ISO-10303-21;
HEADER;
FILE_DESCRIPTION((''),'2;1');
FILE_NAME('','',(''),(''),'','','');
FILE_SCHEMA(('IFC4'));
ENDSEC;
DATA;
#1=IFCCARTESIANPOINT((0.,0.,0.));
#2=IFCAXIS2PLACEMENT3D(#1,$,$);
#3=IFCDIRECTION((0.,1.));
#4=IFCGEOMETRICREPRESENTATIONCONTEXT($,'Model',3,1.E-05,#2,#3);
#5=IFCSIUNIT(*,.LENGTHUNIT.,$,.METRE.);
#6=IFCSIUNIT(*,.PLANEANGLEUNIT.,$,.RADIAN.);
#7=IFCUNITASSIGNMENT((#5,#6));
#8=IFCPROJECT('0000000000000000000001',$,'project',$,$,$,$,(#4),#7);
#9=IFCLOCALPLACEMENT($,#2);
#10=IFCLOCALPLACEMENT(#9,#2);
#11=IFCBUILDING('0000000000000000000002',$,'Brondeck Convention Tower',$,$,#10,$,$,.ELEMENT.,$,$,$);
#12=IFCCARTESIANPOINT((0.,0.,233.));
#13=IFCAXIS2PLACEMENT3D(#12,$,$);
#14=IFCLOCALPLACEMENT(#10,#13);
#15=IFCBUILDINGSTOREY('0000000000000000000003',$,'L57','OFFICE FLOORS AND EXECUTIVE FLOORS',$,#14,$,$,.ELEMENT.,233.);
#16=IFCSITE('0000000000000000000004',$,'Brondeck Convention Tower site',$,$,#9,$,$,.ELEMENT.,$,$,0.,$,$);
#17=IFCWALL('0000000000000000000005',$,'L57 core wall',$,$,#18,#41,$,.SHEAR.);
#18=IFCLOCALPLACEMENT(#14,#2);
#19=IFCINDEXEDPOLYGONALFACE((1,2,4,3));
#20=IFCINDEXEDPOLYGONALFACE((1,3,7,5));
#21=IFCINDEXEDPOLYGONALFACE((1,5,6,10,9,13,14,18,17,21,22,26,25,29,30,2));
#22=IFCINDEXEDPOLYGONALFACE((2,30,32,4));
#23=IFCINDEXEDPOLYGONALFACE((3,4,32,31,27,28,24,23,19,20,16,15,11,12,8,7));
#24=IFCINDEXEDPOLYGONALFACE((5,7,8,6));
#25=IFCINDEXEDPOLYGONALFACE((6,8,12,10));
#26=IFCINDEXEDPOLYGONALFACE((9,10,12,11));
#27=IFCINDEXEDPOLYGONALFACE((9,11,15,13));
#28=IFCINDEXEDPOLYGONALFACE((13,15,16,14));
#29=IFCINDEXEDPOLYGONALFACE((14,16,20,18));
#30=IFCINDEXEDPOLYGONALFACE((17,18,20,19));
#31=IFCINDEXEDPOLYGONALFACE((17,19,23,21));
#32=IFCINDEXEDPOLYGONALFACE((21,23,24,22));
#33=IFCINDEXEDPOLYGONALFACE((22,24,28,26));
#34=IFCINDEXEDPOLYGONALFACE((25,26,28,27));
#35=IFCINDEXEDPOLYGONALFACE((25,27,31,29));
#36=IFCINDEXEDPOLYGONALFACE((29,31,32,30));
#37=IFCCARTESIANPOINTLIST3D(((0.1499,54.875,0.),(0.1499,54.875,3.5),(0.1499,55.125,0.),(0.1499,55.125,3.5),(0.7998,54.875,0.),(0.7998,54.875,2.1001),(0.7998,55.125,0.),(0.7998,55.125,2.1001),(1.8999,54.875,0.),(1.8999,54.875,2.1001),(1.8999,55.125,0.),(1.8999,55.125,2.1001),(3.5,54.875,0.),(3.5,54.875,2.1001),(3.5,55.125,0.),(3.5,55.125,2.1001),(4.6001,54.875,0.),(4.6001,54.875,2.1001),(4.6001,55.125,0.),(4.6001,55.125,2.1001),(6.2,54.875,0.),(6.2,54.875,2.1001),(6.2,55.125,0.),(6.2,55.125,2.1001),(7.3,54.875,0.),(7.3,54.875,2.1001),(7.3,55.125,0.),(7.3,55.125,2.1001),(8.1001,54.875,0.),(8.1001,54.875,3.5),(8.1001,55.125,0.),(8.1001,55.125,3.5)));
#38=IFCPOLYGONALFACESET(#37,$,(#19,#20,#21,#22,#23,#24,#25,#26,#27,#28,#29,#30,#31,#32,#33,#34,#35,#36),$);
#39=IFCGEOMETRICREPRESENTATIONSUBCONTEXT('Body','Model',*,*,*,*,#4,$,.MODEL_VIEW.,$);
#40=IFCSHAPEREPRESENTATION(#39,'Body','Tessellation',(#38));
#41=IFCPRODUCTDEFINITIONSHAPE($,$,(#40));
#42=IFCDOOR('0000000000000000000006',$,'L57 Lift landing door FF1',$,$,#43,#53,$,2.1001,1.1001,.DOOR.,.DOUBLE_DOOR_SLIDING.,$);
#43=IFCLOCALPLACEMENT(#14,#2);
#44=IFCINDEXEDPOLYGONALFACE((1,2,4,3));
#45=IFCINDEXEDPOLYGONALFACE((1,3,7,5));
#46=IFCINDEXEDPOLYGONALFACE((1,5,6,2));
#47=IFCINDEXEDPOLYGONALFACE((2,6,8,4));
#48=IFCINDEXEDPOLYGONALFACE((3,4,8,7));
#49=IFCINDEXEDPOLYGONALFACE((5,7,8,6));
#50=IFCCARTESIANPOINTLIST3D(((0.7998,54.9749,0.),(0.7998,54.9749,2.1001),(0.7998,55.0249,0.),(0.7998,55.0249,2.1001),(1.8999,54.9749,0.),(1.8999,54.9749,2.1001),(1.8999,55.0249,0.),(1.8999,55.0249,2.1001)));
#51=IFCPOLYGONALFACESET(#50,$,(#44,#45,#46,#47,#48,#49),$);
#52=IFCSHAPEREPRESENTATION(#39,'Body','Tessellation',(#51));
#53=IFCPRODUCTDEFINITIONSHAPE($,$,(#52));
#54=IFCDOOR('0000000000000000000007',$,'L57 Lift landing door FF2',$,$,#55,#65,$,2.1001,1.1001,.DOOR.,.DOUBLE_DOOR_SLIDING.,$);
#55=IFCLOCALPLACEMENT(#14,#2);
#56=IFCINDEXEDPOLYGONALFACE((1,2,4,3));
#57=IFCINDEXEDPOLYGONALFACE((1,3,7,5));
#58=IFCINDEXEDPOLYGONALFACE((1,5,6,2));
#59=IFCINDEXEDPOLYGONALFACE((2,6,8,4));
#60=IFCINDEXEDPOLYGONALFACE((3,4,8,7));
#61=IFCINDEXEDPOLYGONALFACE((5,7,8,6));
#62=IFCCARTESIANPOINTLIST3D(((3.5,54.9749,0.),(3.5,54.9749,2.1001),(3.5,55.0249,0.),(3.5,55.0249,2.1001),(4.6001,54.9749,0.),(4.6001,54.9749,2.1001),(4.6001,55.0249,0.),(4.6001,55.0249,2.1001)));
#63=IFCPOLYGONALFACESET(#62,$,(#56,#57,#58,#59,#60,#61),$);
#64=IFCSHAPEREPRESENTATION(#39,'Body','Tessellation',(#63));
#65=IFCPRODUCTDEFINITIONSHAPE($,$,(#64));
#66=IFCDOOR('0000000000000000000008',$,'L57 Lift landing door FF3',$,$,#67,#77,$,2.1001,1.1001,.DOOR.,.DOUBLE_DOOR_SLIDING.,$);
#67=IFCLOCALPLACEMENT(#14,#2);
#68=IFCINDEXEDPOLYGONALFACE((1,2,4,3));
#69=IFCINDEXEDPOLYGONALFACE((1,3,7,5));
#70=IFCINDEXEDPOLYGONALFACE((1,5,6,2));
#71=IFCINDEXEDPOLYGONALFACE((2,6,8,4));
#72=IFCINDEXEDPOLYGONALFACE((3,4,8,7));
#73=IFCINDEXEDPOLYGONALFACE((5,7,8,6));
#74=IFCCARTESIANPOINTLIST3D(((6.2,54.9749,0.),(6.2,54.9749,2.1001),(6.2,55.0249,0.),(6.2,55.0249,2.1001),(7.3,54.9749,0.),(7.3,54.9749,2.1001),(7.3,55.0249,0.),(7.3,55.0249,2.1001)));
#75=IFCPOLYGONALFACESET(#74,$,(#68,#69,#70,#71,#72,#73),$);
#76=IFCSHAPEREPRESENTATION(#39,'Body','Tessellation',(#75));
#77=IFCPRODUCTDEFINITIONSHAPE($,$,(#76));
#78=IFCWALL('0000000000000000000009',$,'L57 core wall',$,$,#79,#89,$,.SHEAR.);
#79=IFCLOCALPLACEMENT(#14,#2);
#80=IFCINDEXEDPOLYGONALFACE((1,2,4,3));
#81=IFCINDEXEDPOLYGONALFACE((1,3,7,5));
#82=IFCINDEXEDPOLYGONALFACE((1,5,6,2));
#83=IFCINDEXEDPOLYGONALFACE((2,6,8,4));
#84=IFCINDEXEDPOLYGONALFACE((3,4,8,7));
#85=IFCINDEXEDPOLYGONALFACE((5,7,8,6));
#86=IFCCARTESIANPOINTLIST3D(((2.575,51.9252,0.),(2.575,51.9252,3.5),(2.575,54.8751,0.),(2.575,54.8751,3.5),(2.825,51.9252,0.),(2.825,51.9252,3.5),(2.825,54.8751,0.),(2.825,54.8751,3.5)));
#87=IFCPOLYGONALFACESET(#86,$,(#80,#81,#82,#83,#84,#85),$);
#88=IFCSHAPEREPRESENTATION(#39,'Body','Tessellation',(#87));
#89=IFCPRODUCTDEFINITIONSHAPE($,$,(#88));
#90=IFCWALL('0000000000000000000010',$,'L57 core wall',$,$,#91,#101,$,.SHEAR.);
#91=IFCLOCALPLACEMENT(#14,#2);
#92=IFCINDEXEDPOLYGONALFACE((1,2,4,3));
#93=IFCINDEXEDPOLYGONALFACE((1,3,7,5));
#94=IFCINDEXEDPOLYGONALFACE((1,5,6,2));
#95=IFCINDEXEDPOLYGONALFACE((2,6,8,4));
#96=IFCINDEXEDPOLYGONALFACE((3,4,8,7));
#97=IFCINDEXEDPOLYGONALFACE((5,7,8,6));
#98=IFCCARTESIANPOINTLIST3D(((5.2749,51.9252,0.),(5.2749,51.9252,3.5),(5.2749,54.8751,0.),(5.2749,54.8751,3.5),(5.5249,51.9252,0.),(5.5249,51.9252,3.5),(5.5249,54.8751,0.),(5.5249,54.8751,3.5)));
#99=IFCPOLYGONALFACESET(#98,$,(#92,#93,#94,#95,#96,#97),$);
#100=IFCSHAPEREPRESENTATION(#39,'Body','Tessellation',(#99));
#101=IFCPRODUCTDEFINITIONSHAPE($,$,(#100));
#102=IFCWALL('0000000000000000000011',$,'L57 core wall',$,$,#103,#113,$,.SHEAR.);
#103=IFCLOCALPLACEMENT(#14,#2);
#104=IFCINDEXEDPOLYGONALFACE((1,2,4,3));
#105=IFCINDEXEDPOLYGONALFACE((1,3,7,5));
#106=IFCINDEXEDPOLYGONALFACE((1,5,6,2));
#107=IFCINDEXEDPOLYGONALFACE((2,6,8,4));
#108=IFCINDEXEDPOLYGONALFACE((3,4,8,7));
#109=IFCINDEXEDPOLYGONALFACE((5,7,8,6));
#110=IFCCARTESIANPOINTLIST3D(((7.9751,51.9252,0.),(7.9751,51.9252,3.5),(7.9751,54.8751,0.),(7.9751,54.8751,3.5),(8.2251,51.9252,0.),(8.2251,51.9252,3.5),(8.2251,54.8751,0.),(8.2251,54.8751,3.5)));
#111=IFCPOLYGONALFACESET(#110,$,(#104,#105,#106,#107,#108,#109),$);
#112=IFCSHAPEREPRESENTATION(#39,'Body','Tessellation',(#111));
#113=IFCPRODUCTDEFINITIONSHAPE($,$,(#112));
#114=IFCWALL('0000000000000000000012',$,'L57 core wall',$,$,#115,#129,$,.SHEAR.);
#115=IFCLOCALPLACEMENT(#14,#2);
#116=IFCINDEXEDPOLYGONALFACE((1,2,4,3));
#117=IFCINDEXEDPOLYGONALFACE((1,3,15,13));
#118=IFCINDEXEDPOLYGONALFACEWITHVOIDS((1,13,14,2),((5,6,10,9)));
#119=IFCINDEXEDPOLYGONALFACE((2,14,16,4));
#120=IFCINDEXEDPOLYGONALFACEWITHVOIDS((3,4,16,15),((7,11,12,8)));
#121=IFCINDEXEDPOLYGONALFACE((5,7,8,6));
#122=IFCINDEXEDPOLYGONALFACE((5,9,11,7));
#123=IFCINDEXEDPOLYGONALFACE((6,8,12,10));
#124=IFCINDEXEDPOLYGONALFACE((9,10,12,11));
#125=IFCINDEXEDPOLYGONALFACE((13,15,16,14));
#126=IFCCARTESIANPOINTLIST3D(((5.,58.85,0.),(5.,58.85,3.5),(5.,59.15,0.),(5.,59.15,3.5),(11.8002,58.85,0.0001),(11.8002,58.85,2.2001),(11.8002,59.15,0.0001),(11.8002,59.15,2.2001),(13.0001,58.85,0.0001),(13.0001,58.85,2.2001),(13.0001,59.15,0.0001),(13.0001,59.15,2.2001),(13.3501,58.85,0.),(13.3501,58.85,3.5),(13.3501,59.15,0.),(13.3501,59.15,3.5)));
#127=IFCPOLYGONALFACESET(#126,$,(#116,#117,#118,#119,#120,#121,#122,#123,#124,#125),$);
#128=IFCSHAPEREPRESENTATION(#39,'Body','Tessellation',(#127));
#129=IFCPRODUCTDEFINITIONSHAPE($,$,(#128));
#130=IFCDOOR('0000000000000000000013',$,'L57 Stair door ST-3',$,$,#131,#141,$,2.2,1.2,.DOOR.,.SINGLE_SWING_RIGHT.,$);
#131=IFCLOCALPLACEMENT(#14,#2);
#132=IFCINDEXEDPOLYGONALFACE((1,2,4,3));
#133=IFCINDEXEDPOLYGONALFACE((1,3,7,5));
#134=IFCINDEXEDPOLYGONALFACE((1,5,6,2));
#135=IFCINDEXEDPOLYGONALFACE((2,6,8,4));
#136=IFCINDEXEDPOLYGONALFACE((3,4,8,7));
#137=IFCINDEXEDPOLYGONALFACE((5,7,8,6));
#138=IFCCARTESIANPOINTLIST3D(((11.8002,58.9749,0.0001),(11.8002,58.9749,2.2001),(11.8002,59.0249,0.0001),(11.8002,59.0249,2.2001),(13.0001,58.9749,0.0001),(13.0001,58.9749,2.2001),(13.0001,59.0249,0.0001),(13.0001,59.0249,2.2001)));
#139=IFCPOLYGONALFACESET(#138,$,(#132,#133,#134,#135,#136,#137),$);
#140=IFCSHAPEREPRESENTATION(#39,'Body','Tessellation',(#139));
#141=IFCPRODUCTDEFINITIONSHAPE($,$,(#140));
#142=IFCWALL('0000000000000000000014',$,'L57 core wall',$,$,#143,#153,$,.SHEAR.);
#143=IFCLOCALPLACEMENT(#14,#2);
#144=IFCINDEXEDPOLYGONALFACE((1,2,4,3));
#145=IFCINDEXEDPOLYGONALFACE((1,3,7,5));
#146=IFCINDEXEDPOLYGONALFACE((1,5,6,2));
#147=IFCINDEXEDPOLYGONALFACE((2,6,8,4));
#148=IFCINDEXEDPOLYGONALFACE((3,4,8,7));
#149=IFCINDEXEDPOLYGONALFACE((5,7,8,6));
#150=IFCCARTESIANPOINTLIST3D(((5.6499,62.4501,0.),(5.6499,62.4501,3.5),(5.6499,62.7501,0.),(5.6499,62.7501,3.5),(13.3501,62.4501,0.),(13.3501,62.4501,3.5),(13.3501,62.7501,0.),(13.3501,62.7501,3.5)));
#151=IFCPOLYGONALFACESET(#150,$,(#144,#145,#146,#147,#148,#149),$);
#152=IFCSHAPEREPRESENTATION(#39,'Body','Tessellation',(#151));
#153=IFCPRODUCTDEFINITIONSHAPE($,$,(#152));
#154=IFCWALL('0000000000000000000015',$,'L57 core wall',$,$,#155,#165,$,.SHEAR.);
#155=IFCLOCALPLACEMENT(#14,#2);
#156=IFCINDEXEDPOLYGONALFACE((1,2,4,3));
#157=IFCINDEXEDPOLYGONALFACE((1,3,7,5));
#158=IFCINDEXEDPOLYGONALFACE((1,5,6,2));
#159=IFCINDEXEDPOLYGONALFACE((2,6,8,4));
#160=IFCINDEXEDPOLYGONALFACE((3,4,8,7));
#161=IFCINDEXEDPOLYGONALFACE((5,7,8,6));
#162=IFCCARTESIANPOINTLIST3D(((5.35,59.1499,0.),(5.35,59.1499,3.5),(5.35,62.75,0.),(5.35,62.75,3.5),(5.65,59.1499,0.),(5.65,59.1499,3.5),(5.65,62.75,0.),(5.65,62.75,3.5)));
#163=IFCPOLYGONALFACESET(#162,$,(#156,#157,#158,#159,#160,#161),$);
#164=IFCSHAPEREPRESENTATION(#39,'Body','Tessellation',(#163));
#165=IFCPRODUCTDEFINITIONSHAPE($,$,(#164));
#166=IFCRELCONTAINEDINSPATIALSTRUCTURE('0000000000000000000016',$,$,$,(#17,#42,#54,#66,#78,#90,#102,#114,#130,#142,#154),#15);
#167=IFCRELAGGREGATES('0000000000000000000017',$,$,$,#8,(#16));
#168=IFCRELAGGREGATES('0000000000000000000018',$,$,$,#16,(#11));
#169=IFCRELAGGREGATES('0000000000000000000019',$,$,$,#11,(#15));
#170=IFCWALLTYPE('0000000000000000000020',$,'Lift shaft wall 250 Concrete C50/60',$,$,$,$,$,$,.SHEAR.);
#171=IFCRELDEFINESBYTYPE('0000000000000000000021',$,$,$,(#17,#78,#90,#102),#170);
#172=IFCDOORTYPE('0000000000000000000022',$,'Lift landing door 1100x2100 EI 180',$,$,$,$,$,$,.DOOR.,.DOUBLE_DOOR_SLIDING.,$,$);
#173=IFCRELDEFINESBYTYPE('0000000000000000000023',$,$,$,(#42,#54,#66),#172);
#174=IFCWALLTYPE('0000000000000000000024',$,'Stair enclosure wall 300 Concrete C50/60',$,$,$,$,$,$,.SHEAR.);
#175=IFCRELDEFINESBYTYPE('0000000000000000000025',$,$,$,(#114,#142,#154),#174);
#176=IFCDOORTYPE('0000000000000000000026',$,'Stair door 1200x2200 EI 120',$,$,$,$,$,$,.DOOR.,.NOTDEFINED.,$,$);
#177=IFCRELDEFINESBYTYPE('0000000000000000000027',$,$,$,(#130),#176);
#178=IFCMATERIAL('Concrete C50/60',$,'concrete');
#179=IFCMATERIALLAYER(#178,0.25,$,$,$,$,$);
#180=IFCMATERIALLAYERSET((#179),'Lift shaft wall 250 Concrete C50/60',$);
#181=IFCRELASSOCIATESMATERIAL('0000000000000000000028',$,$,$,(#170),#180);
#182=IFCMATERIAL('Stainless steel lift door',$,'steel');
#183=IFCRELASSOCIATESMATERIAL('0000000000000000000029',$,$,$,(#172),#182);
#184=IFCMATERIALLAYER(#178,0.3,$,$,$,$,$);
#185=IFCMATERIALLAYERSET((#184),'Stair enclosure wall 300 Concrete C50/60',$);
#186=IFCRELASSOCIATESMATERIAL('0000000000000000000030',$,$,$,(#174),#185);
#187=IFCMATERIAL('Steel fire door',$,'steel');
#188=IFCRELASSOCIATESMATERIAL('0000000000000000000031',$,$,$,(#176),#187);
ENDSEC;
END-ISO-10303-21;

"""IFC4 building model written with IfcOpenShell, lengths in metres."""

from ifc_helpers import new_model, si_unit, direction, frame, frame_2d, origin, place, context, subcontext, project, spatial, rectangle, extrude, material, layer, layer_set, type_object, element, fill, save


model = new_model("IFC4")

# Units and contexts
model_context = context("Model", 3, precision=1e-05, world=origin(), true_north=direction((0.0, 1.0)))
body_context = subcontext(model_context, "Body", "Model", "MODEL_VIEW")
ifc_project = project(units=[si_unit("LENGTHUNIT", "METRE"), si_unit("PLANEANGLEUNIT", "RADIAN")], contexts=[model_context])

# Site, building, storey
site_placement = place(None, origin())
site = spatial("IfcSite", under=ifc_project, at=site_placement, Name="Brondeck Convention Tower site", CompositionType="ELEMENT", RefElevation=0.0)
building_placement = place(site_placement, origin())
building = spatial("IfcBuilding", under=site, at=building_placement, Name="Brondeck Convention Tower", CompositionType="ELEMENT")
storey_placement = place(building_placement, frame((0.0, 0.0, 233.0)))
storey = spatial("IfcBuildingStorey", under=building, at=storey_placement, Name="L57", Description="OFFICE FLOORS AND EXECUTIVE FLOORS", CompositionType="ELEMENT", Elevation=233.0)

# Shared definitions
ifc_material_1 = material(Name="Concrete C50/60", Category="concrete")

# Wall, openings, doors
ifc_layer_1 = layer(ifc_material_1, 0.25)
ifc_layer_set_1 = layer_set([ifc_layer_1], Name="Lift shaft wall 250 Concrete C50/60")
wall_type_1 = type_object("IfcWallType", Name="Lift shaft wall 250 Concrete C50/60", PredefinedType="SHEAR", material=ifc_layer_set_1)
wall_1_placement = place(storey_placement, frame((0.1499, 55.0, 0.0), z_axis=(0.0, 0.0, 1.0), x_axis=(1.0, 0.0, 0.0)))
wall_1 = element("IfcWall", 1, at=wall_1_placement, inside=storey, type_object=wall_type_1, Name="L57 core wall", PredefinedType="SHEAR", context=body_context, shape_type="SweptSolid", body=[
    extrude(rectangle(XDim=7.9502, YDim=0.25, at=frame_2d((3.9751, 0.0))), origin(), (0.0, 0.0, 1.0), 3.5),
])
opening_1_placement = place(wall_1_placement, frame((0.6499, 0.0, 0.0)))
opening_1 = element("IfcOpeningElement", 2, at=opening_1_placement, cuts=wall_1, PredefinedType="OPENING", context=body_context, shape_type="SweptSolid", body=[
    extrude(rectangle(XDim=1.1001, YDim=2.1001, at=frame_2d((0.55, 1.05))), frame((0.0, 0.135, 0.0), z_axis=(0.0, -1.0, 0.0), x_axis=(1.0, 0.0, 0.0)), (0.0, 0.0, 1.0), 0.27),
])
opening_2_placement = place(wall_1_placement, frame((3.3501, 0.0, 0.0)))
opening_2 = element("IfcOpeningElement", 3, at=opening_2_placement, cuts=wall_1, PredefinedType="OPENING", context=body_context, shape_type="SweptSolid", body=[
    extrude(rectangle(XDim=1.1001, YDim=2.1001, at=frame_2d((0.55, 1.05))), frame((0.0, 0.135, 0.0), z_axis=(0.0, -1.0, 0.0), x_axis=(1.0, 0.0, 0.0)), (0.0, 0.0, 1.0), 0.27),
])
opening_3_placement = place(wall_1_placement, frame((6.05, 0.0, 0.0)))
opening_3 = element("IfcOpeningElement", 4, at=opening_3_placement, cuts=wall_1, PredefinedType="OPENING", context=body_context, shape_type="SweptSolid", body=[
    extrude(rectangle(XDim=1.1001, YDim=2.1001, at=frame_2d((0.55, 1.05))), frame((0.0, 0.135, 0.0), z_axis=(0.0, -1.0, 0.0), x_axis=(1.0, 0.0, 0.0)), (0.0, 0.0, 1.0), 0.27),
])
ifc_material_2 = material(Name="Stainless steel lift door", Category="steel")
door_type_1 = type_object("IfcDoorType", Name="Lift landing door 1100x2100 EI 180", OperationType="DOUBLE_DOOR_SLIDING", PredefinedType="DOOR", material=ifc_material_2)
door_1_placement = place(opening_1_placement, origin())
door_1 = element("IfcDoor", 5, at=door_1_placement, inside=storey, type_object=door_type_1, Name="L57 Lift landing door FF1", OperationType="DOUBLE_DOOR_SLIDING", OverallHeight=2.1001, OverallWidth=1.1001, PredefinedType="DOOR", context=body_context, shape_type="SweptSolid", body=[
    extrude(rectangle(XDim=1.1001, YDim=2.1001, at=frame_2d((0.55, 1.05))), frame((0.0, 0.0249, 0.0), z_axis=(0.0, -1.0, 0.0), x_axis=(1.0, 0.0, 0.0)), (0.0, 0.0, 1.0), 0.05),
])
fill(opening_1, door_1)
door_2_placement = place(opening_2_placement, origin())
door_2 = element("IfcDoor", 6, at=door_2_placement, inside=storey, type_object=door_type_1, Name="L57 Lift landing door FF2", OperationType="DOUBLE_DOOR_SLIDING", OverallHeight=2.1001, OverallWidth=1.1001, PredefinedType="DOOR", context=body_context, shape_type="SweptSolid", body=[
    extrude(rectangle(XDim=1.1001, YDim=2.1001, at=frame_2d((0.55, 1.05))), frame((0.0, 0.0249, 0.0), z_axis=(0.0, -1.0, 0.0), x_axis=(1.0, 0.0, 0.0)), (0.0, 0.0, 1.0), 0.05),
])
fill(opening_2, door_2)
door_3_placement = place(opening_3_placement, origin())
door_3 = element("IfcDoor", 7, at=door_3_placement, inside=storey, type_object=door_type_1, Name="L57 Lift landing door FF3", OperationType="DOUBLE_DOOR_SLIDING", OverallHeight=2.1001, OverallWidth=1.1001, PredefinedType="DOOR", context=body_context, shape_type="SweptSolid", body=[
    extrude(rectangle(XDim=1.1001, YDim=2.1001, at=frame_2d((0.55, 1.05))), frame((0.0, 0.0249, 0.0), z_axis=(0.0, -1.0, 0.0), x_axis=(1.0, 0.0, 0.0)), (0.0, 0.0, 1.0), 0.05),
])
fill(opening_3, door_3)

# Walls
for number, where, z_axis, x_axis, name in (
    (8, (2.7, 51.925, 0.0), (0.0, 0.0, 1.0), (0.0, 1.0, 0.0), "L57 core wall"),
    (9, (5.3999, 51.925, 0.0), (0.0, 0.0, 1.0), (0.0, 1.0, 0.0), "L57 core wall"),
    (10, (8.1001, 51.925, 0.0), (0.0, 0.0, 1.0), (0.0, 1.0, 0.0), "L57 core wall"),
):
    element("IfcWall", number, at=place(storey_placement, frame(where, z_axis=z_axis, x_axis=x_axis)), inside=storey, type_object=wall_type_1, Name=name, PredefinedType="SHEAR", context=body_context, shape_type="SweptSolid", body=[
        extrude(rectangle(XDim=2.95, YDim=0.25, at=frame_2d((1.4751, 0.0))), origin(), (0.0, 0.0, 1.0), 3.5),
    ])

# Wall, opening, door
ifc_layer_2 = layer(ifc_material_1, 0.3)
ifc_layer_set_2 = layer_set([ifc_layer_2], Name="Stair enclosure wall 300 Concrete C50/60")
wall_type_2 = type_object("IfcWallType", Name="Stair enclosure wall 300 Concrete C50/60", PredefinedType="SHEAR", material=ifc_layer_set_2)
wall_2_placement = place(storey_placement, frame((5.0, 59.0, 0.0), z_axis=(0.0, 0.0, 1.0), x_axis=(1.0, 0.0, 0.0)))
wall_2 = element("IfcWall", 11, at=wall_2_placement, inside=storey, type_object=wall_type_2, Name="L57 core wall", PredefinedType="SHEAR", context=body_context, shape_type="SweptSolid", body=[
    extrude(rectangle(XDim=8.3501, YDim=0.3, at=frame_2d((4.175, 0.0))), origin(), (0.0, 0.0, 1.0), 3.5),
])
opening_4_placement = place(wall_2_placement, frame((6.8, 0.0, 0.0)))
opening_4 = element("IfcOpeningElement", 12, at=opening_4_placement, cuts=wall_2, PredefinedType="OPENING", context=body_context, shape_type="SweptSolid", body=[
    extrude(rectangle(XDim=1.2, YDim=2.2, at=frame_2d((0.6001, 1.1001))), frame((0.0, 0.1599, 0.0), z_axis=(0.0, -1.0, 0.0), x_axis=(1.0, 0.0, 0.0)), (0.0, 0.0, 1.0), 0.3201),
])
ifc_material_3 = material(Name="Steel fire door", Category="steel")
door_type_2 = type_object("IfcDoorType", Name="Stair door 1200x2200 EI 120", OperationType="NOTDEFINED", PredefinedType="DOOR", material=ifc_material_3)
door_4_placement = place(opening_4_placement, origin())
door_4 = element("IfcDoor", 13, at=door_4_placement, inside=storey, type_object=door_type_2, Name="L57 Stair door ST-3", OperationType="SINGLE_SWING_RIGHT", OverallHeight=2.2, OverallWidth=1.2, PredefinedType="DOOR", context=body_context, shape_type="SweptSolid", body=[
    extrude(rectangle(XDim=1.2, YDim=2.2, at=frame_2d((0.6001, 1.1001))), frame((0.0, 0.0249, 0.0), z_axis=(0.0, -1.0, 0.0), x_axis=(1.0, 0.0, 0.0)), (0.0, 0.0, 1.0), 0.05),
])
fill(opening_4, door_4)

# Walls
wall_3_placement = place(storey_placement, frame((5.6499, 62.6001, 0.0), z_axis=(0.0, 0.0, 1.0), x_axis=(1.0, 0.0, 0.0)))
element("IfcWall", 14, at=wall_3_placement, inside=storey, type_object=wall_type_2, Name="L57 core wall", PredefinedType="SHEAR", context=body_context, shape_type="SweptSolid", body=[
    extrude(rectangle(XDim=7.7002, YDim=0.3, at=frame_2d((3.8501, 0.0))), origin(), (0.0, 0.0, 1.0), 3.5),
])
wall_4_placement = place(storey_placement, frame((5.5, 59.1499, 0.0), z_axis=(0.0, 0.0, 1.0), x_axis=(0.0, 1.0, 0.0)))
element("IfcWall", 15, at=wall_4_placement, inside=storey, type_object=wall_type_2, Name="L57 core wall", PredefinedType="SHEAR", context=body_context, shape_type="SweptSolid", body=[
    extrude(rectangle(XDim=3.6001, YDim=0.3, at=frame_2d((1.8, 0.0))), origin(), (0.0, 0.0, 1.0), 3.5),
])

save(model, "model.ifc")
